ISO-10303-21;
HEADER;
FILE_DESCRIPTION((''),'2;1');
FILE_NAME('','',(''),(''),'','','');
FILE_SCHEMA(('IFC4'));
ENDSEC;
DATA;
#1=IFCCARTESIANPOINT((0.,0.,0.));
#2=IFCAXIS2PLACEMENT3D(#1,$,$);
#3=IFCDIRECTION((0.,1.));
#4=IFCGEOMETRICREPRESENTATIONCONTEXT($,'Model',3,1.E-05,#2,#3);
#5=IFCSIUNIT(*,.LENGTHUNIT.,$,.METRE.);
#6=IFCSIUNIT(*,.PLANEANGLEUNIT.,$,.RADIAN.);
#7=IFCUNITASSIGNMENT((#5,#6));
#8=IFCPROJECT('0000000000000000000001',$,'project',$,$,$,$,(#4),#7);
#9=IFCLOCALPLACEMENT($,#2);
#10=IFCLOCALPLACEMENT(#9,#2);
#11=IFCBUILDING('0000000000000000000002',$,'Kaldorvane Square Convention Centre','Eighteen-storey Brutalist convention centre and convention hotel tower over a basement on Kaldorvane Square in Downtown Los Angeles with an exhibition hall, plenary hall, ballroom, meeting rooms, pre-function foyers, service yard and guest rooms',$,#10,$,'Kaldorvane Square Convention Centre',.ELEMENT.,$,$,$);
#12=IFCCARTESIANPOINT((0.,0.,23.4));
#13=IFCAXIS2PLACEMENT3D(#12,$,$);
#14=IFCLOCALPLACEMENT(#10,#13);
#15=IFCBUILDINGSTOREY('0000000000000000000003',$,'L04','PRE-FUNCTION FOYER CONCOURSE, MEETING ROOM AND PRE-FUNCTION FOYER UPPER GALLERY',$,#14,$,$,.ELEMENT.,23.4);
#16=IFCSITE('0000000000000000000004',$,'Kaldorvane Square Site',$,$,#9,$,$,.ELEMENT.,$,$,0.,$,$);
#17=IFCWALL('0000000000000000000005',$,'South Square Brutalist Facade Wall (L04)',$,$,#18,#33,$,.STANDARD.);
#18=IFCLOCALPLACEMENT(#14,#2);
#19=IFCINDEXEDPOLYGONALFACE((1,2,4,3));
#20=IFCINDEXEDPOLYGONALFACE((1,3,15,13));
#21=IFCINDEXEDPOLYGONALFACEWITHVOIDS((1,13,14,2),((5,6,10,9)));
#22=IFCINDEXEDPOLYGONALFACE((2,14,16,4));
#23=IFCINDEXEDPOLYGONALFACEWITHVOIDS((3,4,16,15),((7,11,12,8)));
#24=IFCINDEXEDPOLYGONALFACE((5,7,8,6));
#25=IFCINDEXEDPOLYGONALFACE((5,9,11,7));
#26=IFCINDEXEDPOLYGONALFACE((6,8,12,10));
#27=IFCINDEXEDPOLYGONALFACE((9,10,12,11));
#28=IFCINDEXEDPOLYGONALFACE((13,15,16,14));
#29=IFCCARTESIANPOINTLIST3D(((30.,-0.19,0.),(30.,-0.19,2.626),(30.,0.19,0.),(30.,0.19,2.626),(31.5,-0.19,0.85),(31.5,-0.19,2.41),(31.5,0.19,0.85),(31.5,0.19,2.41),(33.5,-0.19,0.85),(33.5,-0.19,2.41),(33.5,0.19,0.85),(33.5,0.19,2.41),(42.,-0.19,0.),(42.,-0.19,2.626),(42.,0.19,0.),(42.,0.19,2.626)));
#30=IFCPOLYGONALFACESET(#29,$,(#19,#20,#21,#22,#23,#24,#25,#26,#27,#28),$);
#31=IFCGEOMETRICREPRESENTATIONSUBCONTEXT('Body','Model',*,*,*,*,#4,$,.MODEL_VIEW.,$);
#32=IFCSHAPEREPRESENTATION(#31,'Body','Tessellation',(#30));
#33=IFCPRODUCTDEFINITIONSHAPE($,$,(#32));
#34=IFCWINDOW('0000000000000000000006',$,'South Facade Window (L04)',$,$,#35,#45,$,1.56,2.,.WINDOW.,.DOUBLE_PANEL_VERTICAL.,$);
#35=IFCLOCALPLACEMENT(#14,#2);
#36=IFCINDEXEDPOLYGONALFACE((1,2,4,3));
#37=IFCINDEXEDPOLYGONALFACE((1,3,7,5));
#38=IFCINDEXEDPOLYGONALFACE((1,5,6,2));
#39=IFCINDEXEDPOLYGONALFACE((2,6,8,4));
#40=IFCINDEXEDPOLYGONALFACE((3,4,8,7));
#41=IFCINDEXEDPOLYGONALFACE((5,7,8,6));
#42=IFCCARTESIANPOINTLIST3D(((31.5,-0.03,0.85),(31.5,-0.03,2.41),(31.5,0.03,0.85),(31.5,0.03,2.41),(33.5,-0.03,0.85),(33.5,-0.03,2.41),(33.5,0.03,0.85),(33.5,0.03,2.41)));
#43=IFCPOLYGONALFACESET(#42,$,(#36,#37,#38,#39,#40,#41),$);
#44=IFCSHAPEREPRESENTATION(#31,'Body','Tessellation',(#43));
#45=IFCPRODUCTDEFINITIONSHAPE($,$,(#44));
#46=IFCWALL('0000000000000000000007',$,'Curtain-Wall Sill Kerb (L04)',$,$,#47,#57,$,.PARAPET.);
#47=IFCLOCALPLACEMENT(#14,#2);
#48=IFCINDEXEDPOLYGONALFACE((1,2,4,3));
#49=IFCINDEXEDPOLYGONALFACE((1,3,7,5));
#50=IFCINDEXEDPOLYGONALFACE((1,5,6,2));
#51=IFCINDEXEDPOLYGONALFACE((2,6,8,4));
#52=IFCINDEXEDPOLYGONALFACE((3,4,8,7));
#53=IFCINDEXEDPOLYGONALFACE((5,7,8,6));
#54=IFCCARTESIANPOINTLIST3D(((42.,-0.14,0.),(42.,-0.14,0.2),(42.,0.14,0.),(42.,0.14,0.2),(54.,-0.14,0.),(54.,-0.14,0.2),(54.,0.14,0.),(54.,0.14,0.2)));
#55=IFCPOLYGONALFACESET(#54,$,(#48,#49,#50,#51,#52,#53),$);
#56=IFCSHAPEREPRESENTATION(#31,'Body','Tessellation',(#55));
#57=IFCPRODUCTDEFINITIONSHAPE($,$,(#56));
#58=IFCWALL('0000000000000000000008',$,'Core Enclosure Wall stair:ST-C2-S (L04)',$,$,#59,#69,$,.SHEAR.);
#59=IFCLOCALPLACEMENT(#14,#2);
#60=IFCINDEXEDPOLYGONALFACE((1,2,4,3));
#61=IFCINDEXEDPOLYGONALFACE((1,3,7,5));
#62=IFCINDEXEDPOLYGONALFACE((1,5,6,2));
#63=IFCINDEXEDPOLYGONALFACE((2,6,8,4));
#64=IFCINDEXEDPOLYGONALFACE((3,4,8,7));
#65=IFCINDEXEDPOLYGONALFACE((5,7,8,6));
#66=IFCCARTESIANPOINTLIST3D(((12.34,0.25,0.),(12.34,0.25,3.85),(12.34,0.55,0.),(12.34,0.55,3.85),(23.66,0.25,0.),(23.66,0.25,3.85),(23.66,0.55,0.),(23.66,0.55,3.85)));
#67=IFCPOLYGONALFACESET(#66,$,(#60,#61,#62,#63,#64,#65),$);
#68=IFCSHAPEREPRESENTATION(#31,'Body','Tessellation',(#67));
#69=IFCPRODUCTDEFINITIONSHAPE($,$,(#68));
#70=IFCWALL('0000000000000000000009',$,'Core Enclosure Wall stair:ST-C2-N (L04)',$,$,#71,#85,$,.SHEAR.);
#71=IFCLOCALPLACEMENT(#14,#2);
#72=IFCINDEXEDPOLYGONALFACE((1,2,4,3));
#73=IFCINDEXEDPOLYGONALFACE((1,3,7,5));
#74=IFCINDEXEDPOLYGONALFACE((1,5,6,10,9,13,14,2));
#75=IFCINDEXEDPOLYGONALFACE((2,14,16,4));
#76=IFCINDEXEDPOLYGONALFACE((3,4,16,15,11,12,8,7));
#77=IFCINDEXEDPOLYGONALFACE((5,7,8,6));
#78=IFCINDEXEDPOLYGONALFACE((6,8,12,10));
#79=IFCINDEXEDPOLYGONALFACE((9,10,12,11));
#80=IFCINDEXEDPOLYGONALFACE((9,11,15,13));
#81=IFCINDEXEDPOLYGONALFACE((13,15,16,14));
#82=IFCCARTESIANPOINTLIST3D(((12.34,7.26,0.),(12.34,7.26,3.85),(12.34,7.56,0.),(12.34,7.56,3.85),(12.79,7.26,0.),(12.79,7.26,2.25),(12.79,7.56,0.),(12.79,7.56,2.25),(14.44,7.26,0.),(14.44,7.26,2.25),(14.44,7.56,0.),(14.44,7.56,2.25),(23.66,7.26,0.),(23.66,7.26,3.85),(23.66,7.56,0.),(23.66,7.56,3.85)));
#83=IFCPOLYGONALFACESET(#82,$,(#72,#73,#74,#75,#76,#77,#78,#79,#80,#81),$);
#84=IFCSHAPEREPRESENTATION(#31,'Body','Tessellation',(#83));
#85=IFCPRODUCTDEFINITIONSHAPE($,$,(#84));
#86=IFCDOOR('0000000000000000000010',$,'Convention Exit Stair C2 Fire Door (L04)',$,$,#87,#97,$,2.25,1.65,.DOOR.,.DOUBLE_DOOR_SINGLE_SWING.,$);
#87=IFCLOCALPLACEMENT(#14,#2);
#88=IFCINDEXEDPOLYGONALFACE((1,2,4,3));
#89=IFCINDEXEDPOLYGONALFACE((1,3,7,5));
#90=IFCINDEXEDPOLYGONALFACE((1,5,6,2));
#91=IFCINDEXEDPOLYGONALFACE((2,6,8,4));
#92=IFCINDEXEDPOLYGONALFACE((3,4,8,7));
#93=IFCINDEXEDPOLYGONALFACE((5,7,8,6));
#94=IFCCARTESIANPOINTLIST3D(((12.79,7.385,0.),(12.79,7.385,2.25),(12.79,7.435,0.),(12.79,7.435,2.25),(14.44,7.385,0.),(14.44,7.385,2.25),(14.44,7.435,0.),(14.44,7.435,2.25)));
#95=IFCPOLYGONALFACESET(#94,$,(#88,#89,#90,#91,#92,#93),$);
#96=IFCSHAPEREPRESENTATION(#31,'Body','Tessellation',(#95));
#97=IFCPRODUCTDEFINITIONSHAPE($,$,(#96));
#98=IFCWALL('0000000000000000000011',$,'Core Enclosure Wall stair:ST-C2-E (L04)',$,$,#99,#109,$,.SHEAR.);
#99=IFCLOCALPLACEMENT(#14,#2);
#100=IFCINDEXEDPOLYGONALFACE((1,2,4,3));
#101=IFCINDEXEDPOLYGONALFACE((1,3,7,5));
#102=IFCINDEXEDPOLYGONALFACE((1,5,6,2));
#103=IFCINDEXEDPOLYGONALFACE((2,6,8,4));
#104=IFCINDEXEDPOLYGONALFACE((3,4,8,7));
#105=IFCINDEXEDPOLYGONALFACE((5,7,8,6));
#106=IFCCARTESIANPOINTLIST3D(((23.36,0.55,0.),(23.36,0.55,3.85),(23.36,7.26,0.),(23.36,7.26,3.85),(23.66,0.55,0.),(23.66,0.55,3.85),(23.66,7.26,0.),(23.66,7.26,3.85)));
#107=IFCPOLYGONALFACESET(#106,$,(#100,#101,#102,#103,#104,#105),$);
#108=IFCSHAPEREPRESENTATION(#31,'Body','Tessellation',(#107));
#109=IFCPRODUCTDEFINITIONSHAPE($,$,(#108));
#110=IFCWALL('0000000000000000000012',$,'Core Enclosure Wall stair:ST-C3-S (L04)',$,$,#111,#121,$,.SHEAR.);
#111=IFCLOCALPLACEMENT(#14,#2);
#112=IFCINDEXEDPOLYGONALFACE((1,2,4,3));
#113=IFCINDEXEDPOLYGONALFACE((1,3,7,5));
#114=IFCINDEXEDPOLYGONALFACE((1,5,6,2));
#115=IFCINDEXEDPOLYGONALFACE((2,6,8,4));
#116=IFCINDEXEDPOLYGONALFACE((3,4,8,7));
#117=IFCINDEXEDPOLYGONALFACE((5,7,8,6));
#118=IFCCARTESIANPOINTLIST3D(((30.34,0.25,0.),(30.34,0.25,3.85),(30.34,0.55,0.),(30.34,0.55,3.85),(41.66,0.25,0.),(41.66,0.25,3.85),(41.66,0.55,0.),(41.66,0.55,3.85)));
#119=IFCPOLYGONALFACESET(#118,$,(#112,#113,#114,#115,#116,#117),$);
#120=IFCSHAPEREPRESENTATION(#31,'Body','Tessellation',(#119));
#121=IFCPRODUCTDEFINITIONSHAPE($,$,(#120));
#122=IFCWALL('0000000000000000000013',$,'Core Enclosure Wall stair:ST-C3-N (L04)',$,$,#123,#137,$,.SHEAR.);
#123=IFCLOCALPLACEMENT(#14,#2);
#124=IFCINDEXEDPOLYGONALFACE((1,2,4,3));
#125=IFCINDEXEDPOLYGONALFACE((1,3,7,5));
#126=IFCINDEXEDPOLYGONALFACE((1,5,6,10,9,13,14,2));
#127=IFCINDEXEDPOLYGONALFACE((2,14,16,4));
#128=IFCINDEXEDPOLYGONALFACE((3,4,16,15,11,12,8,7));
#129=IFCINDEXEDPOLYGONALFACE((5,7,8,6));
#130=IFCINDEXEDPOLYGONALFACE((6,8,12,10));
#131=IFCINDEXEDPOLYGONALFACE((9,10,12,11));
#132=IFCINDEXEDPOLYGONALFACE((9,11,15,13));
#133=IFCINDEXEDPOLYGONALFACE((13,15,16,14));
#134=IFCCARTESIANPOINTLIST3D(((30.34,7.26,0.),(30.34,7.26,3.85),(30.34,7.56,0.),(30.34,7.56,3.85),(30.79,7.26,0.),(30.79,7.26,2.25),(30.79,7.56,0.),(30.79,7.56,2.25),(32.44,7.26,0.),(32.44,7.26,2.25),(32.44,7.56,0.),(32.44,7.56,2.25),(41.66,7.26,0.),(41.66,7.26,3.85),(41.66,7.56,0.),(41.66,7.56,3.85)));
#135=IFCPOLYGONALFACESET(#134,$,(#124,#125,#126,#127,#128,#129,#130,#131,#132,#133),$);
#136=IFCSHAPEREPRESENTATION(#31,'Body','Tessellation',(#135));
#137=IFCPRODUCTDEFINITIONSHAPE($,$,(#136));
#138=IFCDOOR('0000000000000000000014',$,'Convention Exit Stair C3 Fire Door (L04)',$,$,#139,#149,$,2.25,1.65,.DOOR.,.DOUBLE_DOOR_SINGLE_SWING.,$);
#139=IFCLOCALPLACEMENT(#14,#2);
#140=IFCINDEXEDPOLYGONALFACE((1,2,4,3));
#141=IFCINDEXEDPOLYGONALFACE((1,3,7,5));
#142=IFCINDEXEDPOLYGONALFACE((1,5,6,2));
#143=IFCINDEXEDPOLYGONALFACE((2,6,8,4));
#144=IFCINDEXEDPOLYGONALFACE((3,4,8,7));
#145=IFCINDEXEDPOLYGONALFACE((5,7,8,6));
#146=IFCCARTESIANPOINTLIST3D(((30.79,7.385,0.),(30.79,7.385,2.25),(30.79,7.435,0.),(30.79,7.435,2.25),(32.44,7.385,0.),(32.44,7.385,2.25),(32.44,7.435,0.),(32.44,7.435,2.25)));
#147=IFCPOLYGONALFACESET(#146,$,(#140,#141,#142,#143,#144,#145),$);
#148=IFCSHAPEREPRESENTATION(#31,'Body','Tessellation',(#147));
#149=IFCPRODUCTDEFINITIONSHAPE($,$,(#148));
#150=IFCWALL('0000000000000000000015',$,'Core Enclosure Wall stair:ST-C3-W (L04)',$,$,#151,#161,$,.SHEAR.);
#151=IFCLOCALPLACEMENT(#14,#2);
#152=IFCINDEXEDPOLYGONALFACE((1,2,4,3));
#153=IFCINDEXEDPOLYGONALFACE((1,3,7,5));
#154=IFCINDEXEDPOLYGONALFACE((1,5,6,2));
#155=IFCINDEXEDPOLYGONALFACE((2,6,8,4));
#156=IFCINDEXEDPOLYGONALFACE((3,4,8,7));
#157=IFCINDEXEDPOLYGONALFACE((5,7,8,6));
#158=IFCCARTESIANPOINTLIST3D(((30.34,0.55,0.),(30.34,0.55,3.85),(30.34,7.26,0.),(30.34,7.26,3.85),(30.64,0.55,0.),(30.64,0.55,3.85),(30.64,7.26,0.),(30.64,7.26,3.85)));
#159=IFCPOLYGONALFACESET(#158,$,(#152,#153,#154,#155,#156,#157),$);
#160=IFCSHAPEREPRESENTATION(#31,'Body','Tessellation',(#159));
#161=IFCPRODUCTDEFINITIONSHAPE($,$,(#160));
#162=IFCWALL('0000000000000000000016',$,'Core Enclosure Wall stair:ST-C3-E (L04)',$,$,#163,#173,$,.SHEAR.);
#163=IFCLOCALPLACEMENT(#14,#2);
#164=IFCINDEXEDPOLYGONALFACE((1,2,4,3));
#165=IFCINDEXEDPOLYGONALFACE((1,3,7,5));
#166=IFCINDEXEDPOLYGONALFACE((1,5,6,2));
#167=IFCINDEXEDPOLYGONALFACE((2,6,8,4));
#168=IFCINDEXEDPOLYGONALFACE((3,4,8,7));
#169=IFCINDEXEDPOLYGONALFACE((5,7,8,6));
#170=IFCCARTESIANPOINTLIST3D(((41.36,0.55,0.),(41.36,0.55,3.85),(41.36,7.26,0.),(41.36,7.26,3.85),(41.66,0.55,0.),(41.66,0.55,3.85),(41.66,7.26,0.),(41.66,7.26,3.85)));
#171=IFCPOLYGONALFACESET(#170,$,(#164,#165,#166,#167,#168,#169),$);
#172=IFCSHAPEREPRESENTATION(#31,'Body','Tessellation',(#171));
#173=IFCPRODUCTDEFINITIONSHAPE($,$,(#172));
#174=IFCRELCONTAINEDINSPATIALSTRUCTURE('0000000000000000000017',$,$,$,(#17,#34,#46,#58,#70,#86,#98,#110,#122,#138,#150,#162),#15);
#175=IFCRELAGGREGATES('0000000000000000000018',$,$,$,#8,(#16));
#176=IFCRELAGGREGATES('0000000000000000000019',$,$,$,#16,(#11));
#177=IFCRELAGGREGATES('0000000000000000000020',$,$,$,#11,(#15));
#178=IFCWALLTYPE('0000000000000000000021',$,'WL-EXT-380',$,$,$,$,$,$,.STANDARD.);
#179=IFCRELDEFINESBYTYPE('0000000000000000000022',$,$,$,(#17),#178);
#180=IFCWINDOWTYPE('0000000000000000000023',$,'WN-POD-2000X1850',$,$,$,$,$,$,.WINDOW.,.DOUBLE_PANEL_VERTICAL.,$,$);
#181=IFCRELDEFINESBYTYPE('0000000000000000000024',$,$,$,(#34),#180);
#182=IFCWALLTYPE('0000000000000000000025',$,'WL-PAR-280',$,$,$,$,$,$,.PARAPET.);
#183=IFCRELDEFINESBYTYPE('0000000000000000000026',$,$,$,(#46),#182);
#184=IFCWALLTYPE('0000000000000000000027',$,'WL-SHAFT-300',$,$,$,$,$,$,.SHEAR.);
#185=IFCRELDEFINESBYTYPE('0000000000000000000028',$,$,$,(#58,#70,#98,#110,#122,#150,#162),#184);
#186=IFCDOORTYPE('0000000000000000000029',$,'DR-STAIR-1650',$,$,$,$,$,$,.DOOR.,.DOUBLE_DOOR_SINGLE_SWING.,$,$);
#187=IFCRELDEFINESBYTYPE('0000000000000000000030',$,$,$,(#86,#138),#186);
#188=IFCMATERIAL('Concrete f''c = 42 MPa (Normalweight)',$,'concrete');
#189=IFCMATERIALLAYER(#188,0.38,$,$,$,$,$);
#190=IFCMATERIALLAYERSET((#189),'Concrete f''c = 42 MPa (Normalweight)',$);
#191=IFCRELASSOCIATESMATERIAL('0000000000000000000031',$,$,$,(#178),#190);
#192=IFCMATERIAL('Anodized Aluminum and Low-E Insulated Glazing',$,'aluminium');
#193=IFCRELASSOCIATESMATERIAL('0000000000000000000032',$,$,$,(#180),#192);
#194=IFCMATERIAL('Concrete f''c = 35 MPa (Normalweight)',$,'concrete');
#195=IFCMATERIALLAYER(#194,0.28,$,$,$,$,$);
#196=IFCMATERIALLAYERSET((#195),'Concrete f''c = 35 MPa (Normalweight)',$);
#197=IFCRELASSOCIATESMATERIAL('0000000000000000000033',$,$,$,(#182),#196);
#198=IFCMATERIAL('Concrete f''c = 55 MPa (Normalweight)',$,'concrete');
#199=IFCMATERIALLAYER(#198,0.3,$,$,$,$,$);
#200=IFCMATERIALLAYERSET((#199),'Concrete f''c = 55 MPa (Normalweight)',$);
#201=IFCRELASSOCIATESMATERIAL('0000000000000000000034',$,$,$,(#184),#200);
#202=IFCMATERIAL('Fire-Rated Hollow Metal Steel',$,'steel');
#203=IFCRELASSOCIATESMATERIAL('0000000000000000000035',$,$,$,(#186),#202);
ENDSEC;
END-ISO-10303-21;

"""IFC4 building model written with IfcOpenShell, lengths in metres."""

from ifc_helpers import new_model, si_unit, direction, frame, frame_2d, origin, place, context, subcontext, project, spatial, rectangle, extrude, material, layer, layer_set, type_object, element, fill, save


model = new_model("IFC4")

# Units and contexts
model_context = context("Model", 3, precision=1e-05, world=origin(), true_north=direction((0.0, 1.0)))
body_context = subcontext(model_context, "Body", "Model", "MODEL_VIEW")
ifc_project = project(units=[si_unit("LENGTHUNIT", "METRE"), si_unit("PLANEANGLEUNIT", "RADIAN")], contexts=[model_context])

# Site, building, storey
site_placement = place(None, origin())
site = spatial("IfcSite", under=ifc_project, at=site_placement, Name="Kaldorvane Square Site", CompositionType="ELEMENT", RefElevation=0.0)
building_placement = place(site_placement, origin())
building = spatial("IfcBuilding", under=site, at=building_placement, Name="Kaldorvane Square Convention Centre", Description="Eighteen-storey Brutalist convention centre and convention hotel tower over a basement on Kaldorvane Square in Downtown Los Angeles with an exhibition hall, plenary hall, ballroom, meeting rooms, pre-function foyers, service yard and guest rooms", LongName="Kaldorvane Square Convention Centre", CompositionType="ELEMENT")
storey_placement = place(building_placement, frame((0.0, 0.0, 23.4)))
storey = spatial("IfcBuildingStorey", under=building, at=storey_placement, Name="L04", Description="PRE-FUNCTION FOYER CONCOURSE, MEETING ROOM AND PRE-FUNCTION FOYER UPPER GALLERY", CompositionType="ELEMENT", Elevation=23.4)

# Shared definitions
ifc_material_1 = material(Name="Concrete f'c = 55 MPa (Normalweight)", Category="concrete")

# Shared definitions
ifc_material_2 = material(Name="Concrete f'c = 42 MPa (Normalweight)", Category="concrete")

# Shared definitions
ifc_material_3 = material(Name="Anodized Aluminum and Low-E Insulated Glazing", Category="aluminium")

# Shared definitions
ifc_layer_1 = layer(ifc_material_2, 0.38)
ifc_layer_set_1 = layer_set([ifc_layer_1], Name="Concrete f'c = 42 MPa (Normalweight)")
wall_type_1 = type_object("IfcWallType", Name="WL-EXT-380", PredefinedType="STANDARD", material=ifc_layer_set_1)

# Wall, opening, window
wall_1_placement = place(storey_placement, frame((30.0, 0.0, 0.0), z_axis=(0.0, 0.0, 1.0), x_axis=(1.0, 0.0, 0.0)))
wall_1 = element("IfcWall", 1, at=wall_1_placement, inside=storey, type_object=wall_type_1, Name="South Square Brutalist Facade Wall (L04)", PredefinedType="STANDARD", context=body_context, shape_type="SweptSolid", body=[
    extrude(rectangle(XDim=12.0, YDim=0.38, at=frame_2d((6.0, 0.0))), origin(), (0.0, 0.0, 1.0), 2.626),
])
opening_1_placement = place(wall_1_placement, frame((1.5, 0.0, 0.85)))
opening_1 = element("IfcOpeningElement", 2, at=opening_1_placement, cuts=wall_1, PredefinedType="OPENING", context=body_context, shape_type="SweptSolid", body=[
    extrude(rectangle(XDim=2.0, YDim=1.56, at=frame_2d((1.0, 0.78))), frame((0.0, 0.205, 0.0), z_axis=(0.0, -1.0, 0.0), x_axis=(1.0, 0.0, 0.0)), (0.0, 0.0, 1.0), 0.41),
])
window_type = type_object("IfcWindowType", Name="WN-POD-2000X1850", PartitioningType="DOUBLE_PANEL_VERTICAL", PredefinedType="WINDOW", material=ifc_material_3)
window_placement = place(opening_1_placement, origin())
window = element("IfcWindow", 3, at=window_placement, inside=storey, type_object=window_type, Name="South Facade Window (L04)", OverallHeight=1.56, OverallWidth=2.0, PartitioningType="DOUBLE_PANEL_VERTICAL", PredefinedType="WINDOW", context=body_context, shape_type="SweptSolid", body=[
    extrude(rectangle(XDim=2.0, YDim=1.56, at=frame_2d((1.0, 0.78))), frame((0.0, 0.03, 0.0), z_axis=(0.0, -1.0, 0.0), x_axis=(1.0, 0.0, 0.0)), (0.0, 0.0, 1.0), 0.06),
])
fill(opening_1, window)

# Walls
ifc_material_4 = material(Name="Concrete f'c = 35 MPa (Normalweight)", Category="concrete")
ifc_layer_2 = layer(ifc_material_4, 0.28)
ifc_layer_set_2 = layer_set([ifc_layer_2], Name="Concrete f'c = 35 MPa (Normalweight)")
wall_type_2 = type_object("IfcWallType", Name="WL-PAR-280", PredefinedType="PARAPET", material=ifc_layer_set_2)
wall_2_placement = place(storey_placement, frame((42.0, 0.0, 0.0), z_axis=(0.0, 0.0, 1.0), x_axis=(1.0, 0.0, 0.0)))
element("IfcWall", 4, at=wall_2_placement, inside=storey, type_object=wall_type_2, Name="Curtain-Wall Sill Kerb (L04)", PredefinedType="PARAPET", context=body_context, shape_type="SweptSolid", body=[
    extrude(rectangle(XDim=12.0, YDim=0.28, at=frame_2d((6.0, 0.0))), origin(), (0.0, 0.0, 1.0), 0.2),
])
ifc_layer_3 = layer(ifc_material_1, 0.3)
ifc_layer_set_3 = layer_set([ifc_layer_3], Name="Concrete f'c = 55 MPa (Normalweight)")
wall_type_3 = type_object("IfcWallType", Name="WL-SHAFT-300", PredefinedType="SHEAR", material=ifc_layer_set_3)
wall_3_placement = place(storey_placement, frame((23.66, 0.4, 0.0), z_axis=(0.0, 0.0, 1.0), x_axis=(-1.0, 0.0, 0.0)))
element("IfcWall", 5, at=wall_3_placement, inside=storey, type_object=wall_type_3, Name="Core Enclosure Wall stair:ST-C2-S (L04)", PredefinedType="SHEAR", context=body_context, shape_type="SweptSolid", body=[
    extrude(rectangle(XDim=11.32, YDim=0.3, at=frame_2d((5.66, 0.0))), origin(), (0.0, 0.0, 1.0), 3.85),
])

# Wall, opening, door
wall_4_placement = place(storey_placement, frame((23.66, 7.41, 0.0), z_axis=(0.0, 0.0, 1.0), x_axis=(-1.0, 0.0, 0.0)))
wall_4 = element("IfcWall", 6, at=wall_4_placement, inside=storey, type_object=wall_type_3, Name="Core Enclosure Wall stair:ST-C2-N (L04)", PredefinedType="SHEAR", context=body_context, shape_type="SweptSolid", body=[
    extrude(rectangle(XDim=11.32, YDim=0.3, at=frame_2d((5.66, 0.0))), origin(), (0.0, 0.0, 1.0), 3.85),
])
opening_2_placement = place(wall_4_placement, frame((9.22, 0.0, 0.0)))
opening_2 = element("IfcOpeningElement", 7, at=opening_2_placement, cuts=wall_4, PredefinedType="OPENING", context=body_context, shape_type="SweptSolid", body=[
    extrude(rectangle(XDim=1.65, YDim=2.25, at=frame_2d((0.825, 1.125))), frame((0.0, 0.165, 0.0), z_axis=(0.0, -1.0, 0.0), x_axis=(1.0, 0.0, 0.0)), (0.0, 0.0, 1.0), 0.33),
])
ifc_material_5 = material(Name="Fire-Rated Hollow Metal Steel", Category="steel")
door_type = type_object("IfcDoorType", Name="DR-STAIR-1650", OperationType="DOUBLE_DOOR_SINGLE_SWING", PredefinedType="DOOR", material=ifc_material_5)
door_1_placement = place(opening_2_placement, origin())
door_1 = element("IfcDoor", 8, at=door_1_placement, inside=storey, type_object=door_type, Name="Convention Exit Stair C2 Fire Door (L04)", OperationType="DOUBLE_DOOR_SINGLE_SWING", OverallHeight=2.25, OverallWidth=1.65, PredefinedType="DOOR", context=body_context, shape_type="SweptSolid", body=[
    extrude(rectangle(XDim=1.65, YDim=2.25, at=frame_2d((0.825, 1.125))), frame((0.0, 0.025, 0.0), z_axis=(0.0, -1.0, 0.0), x_axis=(1.0, 0.0, 0.0)), (0.0, 0.0, 1.0), 0.05),
])
fill(opening_2, door_1)

# Walls
wall_5_placement = place(storey_placement, frame((23.51, 0.55, 0.0), z_axis=(0.0, 0.0, 1.0), x_axis=(0.0, 1.0, 0.0)))
element("IfcWall", 9, at=wall_5_placement, inside=storey, type_object=wall_type_3, Name="Core Enclosure Wall stair:ST-C2-E (L04)", PredefinedType="SHEAR", context=body_context, shape_type="SweptSolid", body=[
    extrude(rectangle(XDim=6.71, YDim=0.3, at=frame_2d((3.355, 0.0))), origin(), (0.0, 0.0, 1.0), 3.85),
])
wall_6_placement = place(storey_placement, frame((41.66, 0.4, 0.0), z_axis=(0.0, 0.0, 1.0), x_axis=(-1.0, 0.0, 0.0)))
element("IfcWall", 10, at=wall_6_placement, inside=storey, type_object=wall_type_3, Name="Core Enclosure Wall stair:ST-C3-S (L04)", PredefinedType="SHEAR", context=body_context, shape_type="SweptSolid", body=[
    extrude(rectangle(XDim=11.32, YDim=0.3, at=frame_2d((5.66, 0.0))), origin(), (0.0, 0.0, 1.0), 3.85),
])

# Wall, opening, door
wall_7_placement = place(storey_placement, frame((41.66, 7.41, 0.0), z_axis=(0.0, 0.0, 1.0), x_axis=(-1.0, 0.0, 0.0)))
wall_7 = element("IfcWall", 11, at=wall_7_placement, inside=storey, type_object=wall_type_3, Name="Core Enclosure Wall stair:ST-C3-N (L04)", PredefinedType="SHEAR", context=body_context, shape_type="SweptSolid", body=[
    extrude(rectangle(XDim=11.32, YDim=0.3, at=frame_2d((5.66, 0.0))), origin(), (0.0, 0.0, 1.0), 3.85),
])
opening_3_placement = place(wall_7_placement, frame((9.22, 0.0, 0.0)))
opening_3 = element("IfcOpeningElement", 12, at=opening_3_placement, cuts=wall_7, PredefinedType="OPENING", context=body_context, shape_type="SweptSolid", body=[
    extrude(rectangle(XDim=1.65, YDim=2.25, at=frame_2d((0.825, 1.125))), frame((0.0, 0.165, 0.0), z_axis=(0.0, -1.0, 0.0), x_axis=(1.0, 0.0, 0.0)), (0.0, 0.0, 1.0), 0.33),
])
door_2_placement = place(opening_3_placement, origin())
door_2 = element("IfcDoor", 13, at=door_2_placement, inside=storey, type_object=door_type, Name="Convention Exit Stair C3 Fire Door (L04)", OperationType="DOUBLE_DOOR_SINGLE_SWING", OverallHeight=2.25, OverallWidth=1.65, PredefinedType="DOOR", context=body_context, shape_type="SweptSolid", body=[
    extrude(rectangle(XDim=1.65, YDim=2.25, at=frame_2d((0.825, 1.125))), frame((0.0, 0.025, 0.0), z_axis=(0.0, -1.0, 0.0), x_axis=(1.0, 0.0, 0.0)), (0.0, 0.0, 1.0), 0.05),
])
fill(opening_3, door_2)

# Walls
for number, where, z_axis, x_axis, name in (
    (14, (30.49, 7.26, 0.0), (0.0, 0.0, 1.0), (0.0, -1.0, 0.0), "Core Enclosure Wall stair:ST-C3-W (L04)"),
    (15, (41.51, 0.55, 0.0), (0.0, 0.0, 1.0), (0.0, 1.0, 0.0), "Core Enclosure Wall stair:ST-C3-E (L04)"),
):
    element("IfcWall", number, at=place(storey_placement, frame(where, z_axis=z_axis, x_axis=x_axis)), inside=storey, type_object=wall_type_3, Name=name, PredefinedType="SHEAR", context=body_context, shape_type="SweptSolid", body=[
        extrude(rectangle(XDim=6.71, YDim=0.3, at=frame_2d((3.355, 0.0))), origin(), (0.0, 0.0, 1.0), 3.85),
    ])

save(model, "model.ifc")
